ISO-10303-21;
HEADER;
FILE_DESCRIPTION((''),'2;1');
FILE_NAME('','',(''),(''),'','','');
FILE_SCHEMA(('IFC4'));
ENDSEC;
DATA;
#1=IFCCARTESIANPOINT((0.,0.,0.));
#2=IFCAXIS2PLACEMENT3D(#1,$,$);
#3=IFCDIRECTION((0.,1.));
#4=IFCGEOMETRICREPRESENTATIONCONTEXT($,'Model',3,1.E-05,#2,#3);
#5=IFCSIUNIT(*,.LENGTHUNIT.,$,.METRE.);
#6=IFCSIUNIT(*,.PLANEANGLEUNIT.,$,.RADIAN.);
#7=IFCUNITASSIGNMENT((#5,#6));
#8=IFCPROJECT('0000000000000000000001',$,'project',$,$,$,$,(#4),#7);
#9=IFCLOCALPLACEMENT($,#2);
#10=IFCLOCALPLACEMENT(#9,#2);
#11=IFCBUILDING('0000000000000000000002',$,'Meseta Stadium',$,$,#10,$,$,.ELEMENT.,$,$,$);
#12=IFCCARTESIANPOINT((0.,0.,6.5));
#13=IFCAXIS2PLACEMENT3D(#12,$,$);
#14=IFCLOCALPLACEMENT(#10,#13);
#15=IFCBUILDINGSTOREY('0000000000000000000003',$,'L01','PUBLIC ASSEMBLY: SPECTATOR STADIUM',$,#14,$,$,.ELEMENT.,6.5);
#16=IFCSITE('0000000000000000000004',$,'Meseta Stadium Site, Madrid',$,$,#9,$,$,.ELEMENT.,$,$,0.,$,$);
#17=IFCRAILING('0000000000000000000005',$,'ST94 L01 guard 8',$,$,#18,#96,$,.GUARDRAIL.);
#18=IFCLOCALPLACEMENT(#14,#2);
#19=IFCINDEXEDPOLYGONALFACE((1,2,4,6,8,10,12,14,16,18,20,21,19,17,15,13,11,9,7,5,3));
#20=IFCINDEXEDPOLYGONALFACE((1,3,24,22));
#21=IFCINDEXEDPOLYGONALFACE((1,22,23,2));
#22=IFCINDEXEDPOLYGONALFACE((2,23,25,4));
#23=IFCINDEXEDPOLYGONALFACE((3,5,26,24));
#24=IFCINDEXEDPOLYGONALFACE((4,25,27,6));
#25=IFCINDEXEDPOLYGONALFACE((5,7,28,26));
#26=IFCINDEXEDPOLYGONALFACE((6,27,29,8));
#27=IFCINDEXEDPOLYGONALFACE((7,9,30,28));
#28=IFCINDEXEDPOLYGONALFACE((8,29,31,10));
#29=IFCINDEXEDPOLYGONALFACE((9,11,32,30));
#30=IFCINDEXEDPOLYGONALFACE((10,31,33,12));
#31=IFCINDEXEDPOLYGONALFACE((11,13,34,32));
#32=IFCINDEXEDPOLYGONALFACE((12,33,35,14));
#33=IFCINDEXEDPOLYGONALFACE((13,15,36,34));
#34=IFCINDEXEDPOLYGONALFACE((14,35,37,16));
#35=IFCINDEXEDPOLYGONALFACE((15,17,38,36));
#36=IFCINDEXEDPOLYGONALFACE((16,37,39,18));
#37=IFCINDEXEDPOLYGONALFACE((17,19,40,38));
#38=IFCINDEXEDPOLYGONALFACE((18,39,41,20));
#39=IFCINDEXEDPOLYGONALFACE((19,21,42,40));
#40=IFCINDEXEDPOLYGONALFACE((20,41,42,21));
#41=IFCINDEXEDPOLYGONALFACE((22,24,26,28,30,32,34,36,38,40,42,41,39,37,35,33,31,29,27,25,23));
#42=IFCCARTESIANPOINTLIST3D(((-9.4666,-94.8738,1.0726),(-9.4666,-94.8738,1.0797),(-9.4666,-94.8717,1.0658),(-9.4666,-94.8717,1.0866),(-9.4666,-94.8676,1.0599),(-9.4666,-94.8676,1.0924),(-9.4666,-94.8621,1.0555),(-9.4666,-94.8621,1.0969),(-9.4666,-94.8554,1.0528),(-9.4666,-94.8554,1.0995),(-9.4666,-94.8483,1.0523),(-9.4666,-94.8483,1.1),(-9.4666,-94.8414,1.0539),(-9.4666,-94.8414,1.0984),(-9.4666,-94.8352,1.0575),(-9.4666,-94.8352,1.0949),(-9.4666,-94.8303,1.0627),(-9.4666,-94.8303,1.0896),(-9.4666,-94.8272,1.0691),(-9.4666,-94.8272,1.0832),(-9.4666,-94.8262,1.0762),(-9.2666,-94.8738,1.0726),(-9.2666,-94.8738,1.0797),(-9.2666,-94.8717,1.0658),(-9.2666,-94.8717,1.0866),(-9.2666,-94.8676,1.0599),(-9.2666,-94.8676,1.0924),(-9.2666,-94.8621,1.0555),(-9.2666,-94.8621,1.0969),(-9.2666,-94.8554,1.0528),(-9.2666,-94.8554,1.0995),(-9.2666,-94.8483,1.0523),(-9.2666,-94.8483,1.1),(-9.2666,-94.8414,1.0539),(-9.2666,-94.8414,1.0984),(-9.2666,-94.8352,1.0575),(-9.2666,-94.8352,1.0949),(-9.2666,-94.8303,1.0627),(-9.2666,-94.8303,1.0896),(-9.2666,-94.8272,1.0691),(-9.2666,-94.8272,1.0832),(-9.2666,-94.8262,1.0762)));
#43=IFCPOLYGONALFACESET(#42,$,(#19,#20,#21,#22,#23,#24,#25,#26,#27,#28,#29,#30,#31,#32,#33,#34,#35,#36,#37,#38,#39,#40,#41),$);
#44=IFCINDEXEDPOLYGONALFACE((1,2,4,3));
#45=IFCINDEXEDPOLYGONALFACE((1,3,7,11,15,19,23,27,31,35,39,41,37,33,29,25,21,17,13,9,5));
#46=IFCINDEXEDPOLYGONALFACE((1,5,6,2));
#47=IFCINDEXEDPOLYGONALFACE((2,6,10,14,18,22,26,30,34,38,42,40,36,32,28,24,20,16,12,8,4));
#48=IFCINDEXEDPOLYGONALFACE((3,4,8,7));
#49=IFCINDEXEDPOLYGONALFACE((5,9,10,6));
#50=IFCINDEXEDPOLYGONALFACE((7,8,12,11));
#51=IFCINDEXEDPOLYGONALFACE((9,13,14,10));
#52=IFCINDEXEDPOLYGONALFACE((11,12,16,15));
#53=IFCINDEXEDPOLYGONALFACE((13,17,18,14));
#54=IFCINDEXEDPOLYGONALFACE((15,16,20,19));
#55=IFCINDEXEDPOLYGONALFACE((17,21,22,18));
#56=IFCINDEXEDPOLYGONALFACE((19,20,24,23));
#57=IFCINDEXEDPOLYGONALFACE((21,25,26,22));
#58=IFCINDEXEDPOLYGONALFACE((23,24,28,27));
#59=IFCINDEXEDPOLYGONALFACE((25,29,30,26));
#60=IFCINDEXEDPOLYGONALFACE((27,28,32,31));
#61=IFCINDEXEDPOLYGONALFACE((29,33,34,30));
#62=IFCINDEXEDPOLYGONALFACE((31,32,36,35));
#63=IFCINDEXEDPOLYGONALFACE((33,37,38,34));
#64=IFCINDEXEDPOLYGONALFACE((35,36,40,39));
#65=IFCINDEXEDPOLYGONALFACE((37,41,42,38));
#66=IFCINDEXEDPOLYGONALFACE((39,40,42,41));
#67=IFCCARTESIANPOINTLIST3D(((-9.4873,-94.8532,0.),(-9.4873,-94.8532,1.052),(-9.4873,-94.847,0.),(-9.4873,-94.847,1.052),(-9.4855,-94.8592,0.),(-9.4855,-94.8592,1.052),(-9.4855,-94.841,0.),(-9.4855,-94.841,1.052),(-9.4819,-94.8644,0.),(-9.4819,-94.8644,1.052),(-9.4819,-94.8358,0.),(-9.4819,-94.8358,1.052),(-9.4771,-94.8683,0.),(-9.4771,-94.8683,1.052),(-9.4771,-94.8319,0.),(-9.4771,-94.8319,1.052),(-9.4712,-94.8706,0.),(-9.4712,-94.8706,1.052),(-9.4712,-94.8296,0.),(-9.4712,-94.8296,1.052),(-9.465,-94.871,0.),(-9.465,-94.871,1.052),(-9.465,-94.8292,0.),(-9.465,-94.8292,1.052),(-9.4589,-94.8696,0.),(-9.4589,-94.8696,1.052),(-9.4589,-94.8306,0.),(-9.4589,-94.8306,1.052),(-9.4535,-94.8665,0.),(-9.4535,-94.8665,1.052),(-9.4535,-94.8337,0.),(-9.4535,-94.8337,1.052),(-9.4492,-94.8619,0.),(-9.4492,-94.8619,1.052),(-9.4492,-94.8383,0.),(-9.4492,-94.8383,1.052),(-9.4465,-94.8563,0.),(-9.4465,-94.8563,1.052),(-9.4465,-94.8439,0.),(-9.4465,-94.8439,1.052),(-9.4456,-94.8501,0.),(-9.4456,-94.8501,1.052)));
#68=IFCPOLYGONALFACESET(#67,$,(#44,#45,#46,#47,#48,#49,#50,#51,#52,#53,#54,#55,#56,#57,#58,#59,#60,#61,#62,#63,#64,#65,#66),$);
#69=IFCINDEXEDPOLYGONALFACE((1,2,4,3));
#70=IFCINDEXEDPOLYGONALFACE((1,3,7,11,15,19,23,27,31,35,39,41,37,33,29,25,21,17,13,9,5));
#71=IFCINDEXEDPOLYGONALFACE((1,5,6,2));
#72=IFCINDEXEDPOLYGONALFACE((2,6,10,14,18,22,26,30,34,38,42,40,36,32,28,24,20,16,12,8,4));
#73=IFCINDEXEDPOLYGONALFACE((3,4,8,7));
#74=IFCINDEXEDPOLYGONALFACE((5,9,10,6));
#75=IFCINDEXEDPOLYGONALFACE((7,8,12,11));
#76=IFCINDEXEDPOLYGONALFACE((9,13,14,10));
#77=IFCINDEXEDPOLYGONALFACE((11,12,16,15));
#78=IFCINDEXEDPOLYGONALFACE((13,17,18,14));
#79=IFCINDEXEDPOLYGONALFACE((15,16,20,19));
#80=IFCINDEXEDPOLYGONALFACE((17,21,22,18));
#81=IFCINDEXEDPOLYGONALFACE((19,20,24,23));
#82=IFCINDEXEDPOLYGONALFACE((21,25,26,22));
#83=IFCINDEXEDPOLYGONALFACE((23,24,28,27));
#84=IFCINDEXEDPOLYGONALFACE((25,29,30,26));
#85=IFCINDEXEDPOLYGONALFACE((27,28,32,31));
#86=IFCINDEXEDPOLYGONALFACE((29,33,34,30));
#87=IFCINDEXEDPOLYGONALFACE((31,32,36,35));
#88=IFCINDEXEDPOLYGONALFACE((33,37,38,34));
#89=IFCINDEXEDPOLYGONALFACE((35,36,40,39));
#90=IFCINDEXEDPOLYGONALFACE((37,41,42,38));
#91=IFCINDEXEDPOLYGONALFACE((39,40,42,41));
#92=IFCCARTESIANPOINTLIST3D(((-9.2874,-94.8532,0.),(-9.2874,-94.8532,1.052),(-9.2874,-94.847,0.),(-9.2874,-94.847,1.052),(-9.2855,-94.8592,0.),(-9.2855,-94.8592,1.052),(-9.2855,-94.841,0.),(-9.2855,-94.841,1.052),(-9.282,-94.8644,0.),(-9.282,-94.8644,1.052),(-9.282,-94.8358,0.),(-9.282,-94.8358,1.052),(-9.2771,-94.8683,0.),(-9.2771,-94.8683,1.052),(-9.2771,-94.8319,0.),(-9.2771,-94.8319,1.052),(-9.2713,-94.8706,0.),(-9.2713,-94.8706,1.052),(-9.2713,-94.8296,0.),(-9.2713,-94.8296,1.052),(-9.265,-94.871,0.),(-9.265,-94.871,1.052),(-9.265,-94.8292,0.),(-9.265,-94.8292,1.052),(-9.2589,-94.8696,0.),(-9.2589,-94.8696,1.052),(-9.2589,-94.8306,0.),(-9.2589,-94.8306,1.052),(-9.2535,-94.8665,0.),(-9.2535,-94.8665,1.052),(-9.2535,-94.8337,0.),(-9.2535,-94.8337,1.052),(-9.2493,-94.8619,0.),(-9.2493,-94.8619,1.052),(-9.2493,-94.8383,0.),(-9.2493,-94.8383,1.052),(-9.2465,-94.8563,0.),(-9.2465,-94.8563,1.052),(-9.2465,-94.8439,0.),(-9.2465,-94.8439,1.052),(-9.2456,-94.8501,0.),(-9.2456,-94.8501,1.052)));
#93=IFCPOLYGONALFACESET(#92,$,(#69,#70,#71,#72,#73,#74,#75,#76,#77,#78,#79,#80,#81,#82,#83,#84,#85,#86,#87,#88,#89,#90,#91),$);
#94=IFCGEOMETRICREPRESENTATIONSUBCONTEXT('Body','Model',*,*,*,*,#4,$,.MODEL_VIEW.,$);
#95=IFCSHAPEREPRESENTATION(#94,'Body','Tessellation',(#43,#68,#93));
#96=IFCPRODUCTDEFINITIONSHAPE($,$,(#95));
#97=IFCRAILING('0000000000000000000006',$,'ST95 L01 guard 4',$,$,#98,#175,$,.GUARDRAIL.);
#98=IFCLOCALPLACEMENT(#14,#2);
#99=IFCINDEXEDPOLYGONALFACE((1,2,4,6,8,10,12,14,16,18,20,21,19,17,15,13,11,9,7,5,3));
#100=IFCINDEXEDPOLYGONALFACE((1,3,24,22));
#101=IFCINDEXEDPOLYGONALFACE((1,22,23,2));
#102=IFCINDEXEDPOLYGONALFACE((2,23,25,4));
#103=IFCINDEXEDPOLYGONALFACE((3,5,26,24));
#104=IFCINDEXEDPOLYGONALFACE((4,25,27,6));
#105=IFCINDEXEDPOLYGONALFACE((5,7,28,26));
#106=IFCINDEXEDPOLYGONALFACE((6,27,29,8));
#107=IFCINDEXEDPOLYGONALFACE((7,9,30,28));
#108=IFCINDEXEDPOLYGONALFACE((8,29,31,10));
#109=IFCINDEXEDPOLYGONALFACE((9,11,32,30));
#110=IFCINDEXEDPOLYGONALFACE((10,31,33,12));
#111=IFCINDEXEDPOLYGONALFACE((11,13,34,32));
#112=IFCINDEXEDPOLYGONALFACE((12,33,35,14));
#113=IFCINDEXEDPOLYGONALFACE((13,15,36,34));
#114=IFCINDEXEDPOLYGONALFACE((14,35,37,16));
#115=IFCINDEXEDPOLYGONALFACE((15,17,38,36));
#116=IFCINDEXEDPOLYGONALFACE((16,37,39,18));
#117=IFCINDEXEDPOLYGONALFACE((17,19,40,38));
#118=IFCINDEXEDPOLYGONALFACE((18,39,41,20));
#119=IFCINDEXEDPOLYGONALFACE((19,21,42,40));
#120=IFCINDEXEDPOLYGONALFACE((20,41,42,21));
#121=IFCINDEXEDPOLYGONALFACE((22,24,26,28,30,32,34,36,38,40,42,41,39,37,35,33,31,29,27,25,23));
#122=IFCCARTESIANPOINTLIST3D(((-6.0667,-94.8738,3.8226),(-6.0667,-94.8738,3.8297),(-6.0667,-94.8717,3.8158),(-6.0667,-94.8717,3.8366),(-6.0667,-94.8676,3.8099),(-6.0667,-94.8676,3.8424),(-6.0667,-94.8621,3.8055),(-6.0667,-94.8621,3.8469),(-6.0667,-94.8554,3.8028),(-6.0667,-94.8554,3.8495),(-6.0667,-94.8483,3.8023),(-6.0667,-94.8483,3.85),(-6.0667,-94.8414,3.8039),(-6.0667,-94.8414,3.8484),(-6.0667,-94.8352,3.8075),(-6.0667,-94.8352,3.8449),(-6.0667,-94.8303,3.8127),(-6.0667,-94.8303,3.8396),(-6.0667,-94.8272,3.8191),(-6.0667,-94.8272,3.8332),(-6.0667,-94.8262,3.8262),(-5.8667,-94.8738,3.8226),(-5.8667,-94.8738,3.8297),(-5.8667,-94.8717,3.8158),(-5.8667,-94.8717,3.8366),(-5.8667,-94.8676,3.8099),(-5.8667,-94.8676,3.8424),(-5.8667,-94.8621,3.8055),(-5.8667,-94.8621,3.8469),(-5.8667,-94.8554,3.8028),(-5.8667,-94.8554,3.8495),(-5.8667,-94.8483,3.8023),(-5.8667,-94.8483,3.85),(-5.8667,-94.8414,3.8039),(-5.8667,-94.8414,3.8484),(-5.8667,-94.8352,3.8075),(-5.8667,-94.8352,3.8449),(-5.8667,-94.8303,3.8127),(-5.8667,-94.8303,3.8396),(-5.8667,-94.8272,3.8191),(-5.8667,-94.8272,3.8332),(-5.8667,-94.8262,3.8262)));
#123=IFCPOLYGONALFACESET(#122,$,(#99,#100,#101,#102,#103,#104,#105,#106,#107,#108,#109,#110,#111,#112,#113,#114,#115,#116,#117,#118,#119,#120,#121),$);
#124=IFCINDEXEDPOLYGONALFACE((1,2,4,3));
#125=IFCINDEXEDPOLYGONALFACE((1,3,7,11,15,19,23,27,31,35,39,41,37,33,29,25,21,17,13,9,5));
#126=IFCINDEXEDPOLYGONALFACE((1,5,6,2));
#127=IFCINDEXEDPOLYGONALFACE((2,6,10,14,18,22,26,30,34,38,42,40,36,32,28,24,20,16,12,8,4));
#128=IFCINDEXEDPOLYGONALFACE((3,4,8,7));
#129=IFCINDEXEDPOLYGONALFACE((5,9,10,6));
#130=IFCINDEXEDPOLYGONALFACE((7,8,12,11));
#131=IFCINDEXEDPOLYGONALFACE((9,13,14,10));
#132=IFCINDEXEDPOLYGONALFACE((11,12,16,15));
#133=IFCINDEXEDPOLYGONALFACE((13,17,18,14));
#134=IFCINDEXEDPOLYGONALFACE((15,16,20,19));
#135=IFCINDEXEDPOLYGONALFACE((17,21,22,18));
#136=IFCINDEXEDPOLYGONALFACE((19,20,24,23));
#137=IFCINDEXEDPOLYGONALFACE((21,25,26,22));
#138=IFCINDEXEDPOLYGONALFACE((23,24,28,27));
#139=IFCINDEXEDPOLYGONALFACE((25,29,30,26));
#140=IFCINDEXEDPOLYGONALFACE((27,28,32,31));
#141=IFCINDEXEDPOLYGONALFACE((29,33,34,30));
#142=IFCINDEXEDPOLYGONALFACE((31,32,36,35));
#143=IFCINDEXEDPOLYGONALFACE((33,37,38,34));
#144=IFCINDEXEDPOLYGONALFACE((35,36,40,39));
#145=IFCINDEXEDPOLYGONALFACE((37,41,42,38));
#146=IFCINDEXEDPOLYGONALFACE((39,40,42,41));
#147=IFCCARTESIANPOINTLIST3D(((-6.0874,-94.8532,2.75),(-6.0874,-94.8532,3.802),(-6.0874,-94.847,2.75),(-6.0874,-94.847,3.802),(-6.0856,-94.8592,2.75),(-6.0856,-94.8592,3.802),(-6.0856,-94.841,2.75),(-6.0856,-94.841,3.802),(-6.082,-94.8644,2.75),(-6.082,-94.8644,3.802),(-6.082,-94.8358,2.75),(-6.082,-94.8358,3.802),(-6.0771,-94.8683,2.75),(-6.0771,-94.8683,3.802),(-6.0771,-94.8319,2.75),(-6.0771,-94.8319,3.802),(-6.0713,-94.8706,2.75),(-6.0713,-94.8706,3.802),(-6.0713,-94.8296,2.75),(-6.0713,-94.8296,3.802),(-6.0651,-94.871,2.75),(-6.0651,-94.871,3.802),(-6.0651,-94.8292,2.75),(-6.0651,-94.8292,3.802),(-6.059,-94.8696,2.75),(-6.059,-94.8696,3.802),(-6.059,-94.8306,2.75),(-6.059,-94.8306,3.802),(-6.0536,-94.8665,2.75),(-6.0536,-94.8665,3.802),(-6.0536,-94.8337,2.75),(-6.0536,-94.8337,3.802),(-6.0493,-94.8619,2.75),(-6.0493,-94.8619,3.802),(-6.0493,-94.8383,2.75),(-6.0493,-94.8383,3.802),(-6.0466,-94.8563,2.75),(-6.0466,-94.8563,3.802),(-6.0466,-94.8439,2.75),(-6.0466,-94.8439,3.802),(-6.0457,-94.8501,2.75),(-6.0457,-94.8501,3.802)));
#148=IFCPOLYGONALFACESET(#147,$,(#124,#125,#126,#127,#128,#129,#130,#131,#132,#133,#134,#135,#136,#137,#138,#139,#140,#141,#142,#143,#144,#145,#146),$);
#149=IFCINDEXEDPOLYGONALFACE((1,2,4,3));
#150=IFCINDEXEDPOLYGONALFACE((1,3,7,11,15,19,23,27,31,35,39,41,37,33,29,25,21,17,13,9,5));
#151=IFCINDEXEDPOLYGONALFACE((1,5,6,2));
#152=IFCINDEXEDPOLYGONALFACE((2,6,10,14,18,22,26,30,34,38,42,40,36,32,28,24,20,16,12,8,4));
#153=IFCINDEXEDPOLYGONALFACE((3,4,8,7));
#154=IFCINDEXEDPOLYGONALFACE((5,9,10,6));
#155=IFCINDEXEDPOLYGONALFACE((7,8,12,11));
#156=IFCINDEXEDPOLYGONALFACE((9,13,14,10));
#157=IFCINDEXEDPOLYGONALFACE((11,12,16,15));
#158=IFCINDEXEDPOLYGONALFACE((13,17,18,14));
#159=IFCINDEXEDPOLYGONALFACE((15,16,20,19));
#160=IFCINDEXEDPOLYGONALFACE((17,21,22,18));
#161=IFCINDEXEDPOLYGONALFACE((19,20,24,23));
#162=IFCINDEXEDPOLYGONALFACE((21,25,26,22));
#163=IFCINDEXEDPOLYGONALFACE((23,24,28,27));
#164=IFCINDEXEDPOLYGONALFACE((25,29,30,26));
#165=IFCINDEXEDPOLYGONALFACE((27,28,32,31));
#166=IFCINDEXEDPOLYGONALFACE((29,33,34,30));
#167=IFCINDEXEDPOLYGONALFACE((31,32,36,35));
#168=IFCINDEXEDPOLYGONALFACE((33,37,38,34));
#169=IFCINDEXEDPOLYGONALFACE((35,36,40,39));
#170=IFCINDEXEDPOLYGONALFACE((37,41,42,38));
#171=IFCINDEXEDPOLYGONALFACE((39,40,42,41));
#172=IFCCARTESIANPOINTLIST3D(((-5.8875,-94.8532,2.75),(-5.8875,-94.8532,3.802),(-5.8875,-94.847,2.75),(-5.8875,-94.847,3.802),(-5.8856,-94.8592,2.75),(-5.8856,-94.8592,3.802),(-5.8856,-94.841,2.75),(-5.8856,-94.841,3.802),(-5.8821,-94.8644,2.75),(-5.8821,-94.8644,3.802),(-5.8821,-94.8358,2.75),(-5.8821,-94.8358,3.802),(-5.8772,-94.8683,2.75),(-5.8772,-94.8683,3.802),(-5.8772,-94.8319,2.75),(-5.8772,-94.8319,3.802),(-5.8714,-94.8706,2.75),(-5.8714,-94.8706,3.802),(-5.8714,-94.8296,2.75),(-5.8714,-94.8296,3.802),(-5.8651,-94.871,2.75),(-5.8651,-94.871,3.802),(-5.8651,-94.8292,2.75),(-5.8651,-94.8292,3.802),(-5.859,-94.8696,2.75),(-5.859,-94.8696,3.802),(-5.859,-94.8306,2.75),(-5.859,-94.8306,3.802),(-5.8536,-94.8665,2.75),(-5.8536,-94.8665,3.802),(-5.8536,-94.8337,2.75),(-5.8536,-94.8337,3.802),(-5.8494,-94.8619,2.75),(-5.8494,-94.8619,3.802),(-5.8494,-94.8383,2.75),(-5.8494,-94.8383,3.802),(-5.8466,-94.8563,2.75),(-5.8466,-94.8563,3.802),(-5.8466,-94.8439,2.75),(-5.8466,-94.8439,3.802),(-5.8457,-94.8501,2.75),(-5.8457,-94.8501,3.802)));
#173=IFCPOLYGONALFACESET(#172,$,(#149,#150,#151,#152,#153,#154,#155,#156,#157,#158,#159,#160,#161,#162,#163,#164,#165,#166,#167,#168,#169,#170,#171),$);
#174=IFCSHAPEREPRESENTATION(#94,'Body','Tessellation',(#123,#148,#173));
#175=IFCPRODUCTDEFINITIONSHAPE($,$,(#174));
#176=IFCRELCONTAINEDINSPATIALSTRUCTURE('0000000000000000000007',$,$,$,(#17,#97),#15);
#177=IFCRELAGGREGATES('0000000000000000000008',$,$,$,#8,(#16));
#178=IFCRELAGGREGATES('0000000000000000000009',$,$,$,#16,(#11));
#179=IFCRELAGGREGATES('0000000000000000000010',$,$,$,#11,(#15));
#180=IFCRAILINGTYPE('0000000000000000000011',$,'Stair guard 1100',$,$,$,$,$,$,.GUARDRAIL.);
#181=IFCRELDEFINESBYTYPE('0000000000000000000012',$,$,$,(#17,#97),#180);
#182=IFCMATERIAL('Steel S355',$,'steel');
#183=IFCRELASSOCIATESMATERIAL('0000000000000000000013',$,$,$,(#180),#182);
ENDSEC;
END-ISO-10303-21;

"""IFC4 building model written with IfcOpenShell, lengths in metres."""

from ifc_helpers import new_model, si_unit, direction, frame, origin, origin_2d, place, context, subcontext, project, spatial, circle, extrude, material, type_object, element, save


model = new_model("IFC4")

# Units and contexts
model_context = context("Model", 3, precision=1e-05, world=origin(), true_north=direction((0.0, 1.0)))
body_context = subcontext(model_context, "Body", "Model", "MODEL_VIEW")
ifc_project = project(units=[si_unit("LENGTHUNIT", "METRE"), si_unit("PLANEANGLEUNIT", "RADIAN")], contexts=[model_context])

# Site, building, storey
site_placement = place(None, origin())
site = spatial("IfcSite", under=ifc_project, at=site_placement, Name="Meseta Stadium Site, Madrid", CompositionType="ELEMENT", RefElevation=0.0)
building_placement = place(site_placement, origin())
building = spatial("IfcBuilding", under=site, at=building_placement, Name="Meseta Stadium", CompositionType="ELEMENT")
storey_placement = place(building_placement, frame((0.0, 0.0, 6.5)))
storey = spatial("IfcBuildingStorey", under=building, at=storey_placement, Name="L01", Description="PUBLIC ASSEMBLY: SPECTATOR STADIUM", CompositionType="ELEMENT", Elevation=6.5)

# Railings
ifc_material_1 = material(Name="Steel S355", Category="steel")
railing_type = type_object("IfcRailingType", Name="Stair guard 1100", PredefinedType="GUARDRAIL", material=ifc_material_1)
for number, where, name in (
    (1, (-9.4666, -94.8501, 0.0), "ST94 L01 guard 8"),
    (2, (-6.0667, -94.8501, 2.75), "ST95 L01 guard 4"),
):
    element("IfcRailing", number, at=place(storey_placement, frame(where)), inside=storey, type_object=railing_type, Name=name, PredefinedType="GUARDRAIL", context=body_context, shape_type="SweptSolid", body=[
        extrude(circle(Radius=0.0239, at=origin_2d()), frame((0.0, 0.0, 1.0762), z_axis=(1.0, 0.0, 0.0), x_axis=(0.0, 1.0, 0.0)), (0.0, 0.0, 1.0), 0.2),
        extrude(circle(Radius=0.021, at=origin_2d()), origin(), (0.0, 0.0, 1.0), 1.052),
        extrude(circle(Radius=0.021, at=origin_2d()), frame((0.2, 0.0, 0.0)), (0.0, 0.0, 1.0), 1.052),
    ])

save(model, "model.ifc")
